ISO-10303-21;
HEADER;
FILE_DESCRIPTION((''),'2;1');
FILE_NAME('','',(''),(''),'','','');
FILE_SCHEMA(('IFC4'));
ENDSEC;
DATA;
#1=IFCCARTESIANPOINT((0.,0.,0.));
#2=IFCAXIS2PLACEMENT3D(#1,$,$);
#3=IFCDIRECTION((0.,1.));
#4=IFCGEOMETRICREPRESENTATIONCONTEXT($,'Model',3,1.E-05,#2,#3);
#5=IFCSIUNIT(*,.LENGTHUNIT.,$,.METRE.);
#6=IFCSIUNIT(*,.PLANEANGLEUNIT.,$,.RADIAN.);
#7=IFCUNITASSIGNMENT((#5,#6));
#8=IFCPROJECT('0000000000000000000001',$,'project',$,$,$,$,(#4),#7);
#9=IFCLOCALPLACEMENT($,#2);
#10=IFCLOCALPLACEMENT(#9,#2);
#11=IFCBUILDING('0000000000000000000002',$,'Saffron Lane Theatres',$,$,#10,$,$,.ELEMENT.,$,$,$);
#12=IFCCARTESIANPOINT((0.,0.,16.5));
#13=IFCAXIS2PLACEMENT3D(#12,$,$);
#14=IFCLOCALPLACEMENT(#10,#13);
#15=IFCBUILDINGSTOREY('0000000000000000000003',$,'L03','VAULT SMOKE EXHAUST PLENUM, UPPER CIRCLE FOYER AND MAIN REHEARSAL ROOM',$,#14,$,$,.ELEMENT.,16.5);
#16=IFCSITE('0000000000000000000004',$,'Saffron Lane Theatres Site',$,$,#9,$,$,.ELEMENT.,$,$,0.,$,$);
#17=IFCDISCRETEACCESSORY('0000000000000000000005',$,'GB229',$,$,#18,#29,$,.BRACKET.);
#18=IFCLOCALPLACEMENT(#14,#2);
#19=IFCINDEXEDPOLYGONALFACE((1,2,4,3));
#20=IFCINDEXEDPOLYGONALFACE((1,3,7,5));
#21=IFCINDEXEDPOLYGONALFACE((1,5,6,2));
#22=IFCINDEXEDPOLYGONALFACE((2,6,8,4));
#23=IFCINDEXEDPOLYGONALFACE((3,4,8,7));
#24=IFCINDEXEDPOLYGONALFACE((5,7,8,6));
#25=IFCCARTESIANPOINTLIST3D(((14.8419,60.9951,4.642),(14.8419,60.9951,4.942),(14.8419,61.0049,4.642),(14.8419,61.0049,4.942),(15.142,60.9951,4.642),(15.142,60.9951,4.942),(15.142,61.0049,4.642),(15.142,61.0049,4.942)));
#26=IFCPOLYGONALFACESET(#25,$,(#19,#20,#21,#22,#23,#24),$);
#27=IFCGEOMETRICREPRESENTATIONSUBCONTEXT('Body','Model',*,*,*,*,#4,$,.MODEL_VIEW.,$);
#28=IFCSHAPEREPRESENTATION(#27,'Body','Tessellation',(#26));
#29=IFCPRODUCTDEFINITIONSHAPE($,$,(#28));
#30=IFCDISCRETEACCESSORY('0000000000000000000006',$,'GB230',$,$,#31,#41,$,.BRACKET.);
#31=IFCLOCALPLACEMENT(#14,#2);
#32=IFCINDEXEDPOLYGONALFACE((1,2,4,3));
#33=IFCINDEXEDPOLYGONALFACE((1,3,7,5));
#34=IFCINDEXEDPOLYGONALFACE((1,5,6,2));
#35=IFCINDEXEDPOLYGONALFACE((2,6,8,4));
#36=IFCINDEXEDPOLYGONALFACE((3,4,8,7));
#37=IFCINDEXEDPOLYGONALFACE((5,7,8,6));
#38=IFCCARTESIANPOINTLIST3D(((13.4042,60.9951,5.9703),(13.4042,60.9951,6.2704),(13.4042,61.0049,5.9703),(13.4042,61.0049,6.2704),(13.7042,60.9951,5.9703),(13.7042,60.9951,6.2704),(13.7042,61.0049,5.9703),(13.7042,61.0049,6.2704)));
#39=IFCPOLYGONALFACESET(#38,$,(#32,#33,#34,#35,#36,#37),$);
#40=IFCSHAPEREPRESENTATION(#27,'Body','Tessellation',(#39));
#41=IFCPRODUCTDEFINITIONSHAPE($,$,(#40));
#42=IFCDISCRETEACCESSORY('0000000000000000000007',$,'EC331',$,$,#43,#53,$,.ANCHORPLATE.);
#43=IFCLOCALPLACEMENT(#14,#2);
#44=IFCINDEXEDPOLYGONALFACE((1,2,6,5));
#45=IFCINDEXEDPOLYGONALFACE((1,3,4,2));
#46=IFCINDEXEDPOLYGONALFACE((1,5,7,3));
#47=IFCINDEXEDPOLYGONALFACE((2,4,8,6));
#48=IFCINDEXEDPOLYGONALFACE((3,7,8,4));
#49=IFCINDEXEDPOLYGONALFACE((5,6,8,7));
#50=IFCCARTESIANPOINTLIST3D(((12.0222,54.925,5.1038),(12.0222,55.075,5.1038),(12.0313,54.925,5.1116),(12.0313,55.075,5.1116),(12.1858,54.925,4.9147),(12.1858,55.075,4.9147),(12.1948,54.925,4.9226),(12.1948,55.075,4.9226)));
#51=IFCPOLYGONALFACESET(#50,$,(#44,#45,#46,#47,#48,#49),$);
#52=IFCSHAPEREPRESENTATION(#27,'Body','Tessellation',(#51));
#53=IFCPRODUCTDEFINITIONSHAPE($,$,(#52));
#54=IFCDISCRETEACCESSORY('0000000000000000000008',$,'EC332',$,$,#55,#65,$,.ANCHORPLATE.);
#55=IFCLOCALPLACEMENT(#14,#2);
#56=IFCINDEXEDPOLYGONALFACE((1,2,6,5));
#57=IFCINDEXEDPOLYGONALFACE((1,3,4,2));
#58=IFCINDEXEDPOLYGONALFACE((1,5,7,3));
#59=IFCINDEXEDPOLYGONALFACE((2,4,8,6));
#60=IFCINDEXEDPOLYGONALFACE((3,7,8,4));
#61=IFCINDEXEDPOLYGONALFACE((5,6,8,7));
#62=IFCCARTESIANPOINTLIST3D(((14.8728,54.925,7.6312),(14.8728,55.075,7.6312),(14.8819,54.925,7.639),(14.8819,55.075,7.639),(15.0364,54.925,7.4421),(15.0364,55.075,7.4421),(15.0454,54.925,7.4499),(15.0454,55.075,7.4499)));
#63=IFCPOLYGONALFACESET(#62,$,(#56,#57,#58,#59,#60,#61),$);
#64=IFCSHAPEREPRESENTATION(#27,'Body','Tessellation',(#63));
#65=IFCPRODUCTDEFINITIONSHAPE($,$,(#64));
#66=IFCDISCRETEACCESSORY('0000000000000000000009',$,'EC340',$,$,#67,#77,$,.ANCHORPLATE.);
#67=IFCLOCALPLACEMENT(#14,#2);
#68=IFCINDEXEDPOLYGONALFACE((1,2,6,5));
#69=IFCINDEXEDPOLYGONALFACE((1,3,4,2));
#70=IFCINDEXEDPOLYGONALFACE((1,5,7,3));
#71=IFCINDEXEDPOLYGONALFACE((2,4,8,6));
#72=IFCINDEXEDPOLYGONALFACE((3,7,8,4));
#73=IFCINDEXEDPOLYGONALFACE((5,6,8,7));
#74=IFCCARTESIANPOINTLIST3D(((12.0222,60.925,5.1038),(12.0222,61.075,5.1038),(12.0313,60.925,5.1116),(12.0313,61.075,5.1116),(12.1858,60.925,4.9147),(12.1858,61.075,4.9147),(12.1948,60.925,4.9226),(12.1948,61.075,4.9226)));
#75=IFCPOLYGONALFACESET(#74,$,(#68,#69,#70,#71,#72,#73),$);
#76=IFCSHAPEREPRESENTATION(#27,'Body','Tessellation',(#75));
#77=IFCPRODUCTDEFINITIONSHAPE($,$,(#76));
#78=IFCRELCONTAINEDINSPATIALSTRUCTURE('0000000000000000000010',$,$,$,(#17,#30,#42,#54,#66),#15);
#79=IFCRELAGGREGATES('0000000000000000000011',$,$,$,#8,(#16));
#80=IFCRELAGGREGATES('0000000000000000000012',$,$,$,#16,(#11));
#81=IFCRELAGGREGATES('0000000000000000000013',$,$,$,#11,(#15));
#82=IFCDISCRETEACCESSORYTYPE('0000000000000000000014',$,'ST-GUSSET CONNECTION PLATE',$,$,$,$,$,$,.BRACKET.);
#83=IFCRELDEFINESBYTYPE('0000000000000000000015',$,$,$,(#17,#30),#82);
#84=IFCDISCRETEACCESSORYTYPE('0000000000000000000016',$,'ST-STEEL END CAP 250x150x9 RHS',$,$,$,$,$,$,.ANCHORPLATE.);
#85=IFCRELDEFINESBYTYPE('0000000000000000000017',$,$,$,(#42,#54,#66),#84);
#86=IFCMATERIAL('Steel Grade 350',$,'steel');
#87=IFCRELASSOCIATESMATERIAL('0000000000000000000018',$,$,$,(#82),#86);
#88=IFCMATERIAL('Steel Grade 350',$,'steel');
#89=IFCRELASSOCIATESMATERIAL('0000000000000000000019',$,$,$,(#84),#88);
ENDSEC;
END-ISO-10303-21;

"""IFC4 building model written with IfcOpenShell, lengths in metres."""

from ifc_helpers import new_model, si_unit, direction, frame, origin, origin_2d, place, context, subcontext, project, spatial, rectangle, extrude, material, material_profile, profile_set, type_object, element, save


model = new_model("IFC4")

# Units and contexts
model_context = context("Model", 3, precision=1e-05, world=origin(), true_north=direction((0.0, 1.0)))
body_context = subcontext(model_context, "Body", "Model", "MODEL_VIEW")
ifc_project = project(units=[si_unit("LENGTHUNIT", "METRE"), si_unit("PLANEANGLEUNIT", "RADIAN")], contexts=[model_context])

# Site, building, storey
site_placement = place(None, origin())
site = spatial("IfcSite", under=ifc_project, at=site_placement, Name="Saffron Lane Theatres Site", CompositionType="ELEMENT", RefElevation=0.0)
building_placement = place(site_placement, origin())
building = spatial("IfcBuilding", under=site, at=building_placement, Name="Saffron Lane Theatres", CompositionType="ELEMENT")
storey_placement = place(building_placement, frame((0.0, 0.0, 16.5)))
storey = spatial("IfcBuildingStorey", under=building, at=storey_placement, Name="L03", Description="VAULT SMOKE EXHAUST PLENUM, UPPER CIRCLE FOYER AND MAIN REHEARSAL ROOM", CompositionType="ELEMENT", Elevation=16.5)

# Discrete accessories
ifc_material_1 = material(Name="Steel Grade 350", Category="steel")
ifc_material_profile_1 = material_profile(ifc_material_1, rectangle(XDim=0.3, YDim=0.3, at=origin_2d()))
ifc_profile_set_1 = profile_set([ifc_material_profile_1], Name="Steel Grade 350")
discrete_accessory_type_1 = type_object("IfcDiscreteAccessoryType", Name="ST-GUSSET CONNECTION PLATE", PredefinedType="BRACKET", material=ifc_profile_set_1)
for number, where, z_axis, x_axis, name in (
    (1, (14.9919, 60.9951, 4.792), (0.0, 1.0, 0.0), (-1.0, 0.0, 0.0), "GB229"),
    (2, (13.5542, 60.9951, 6.1204), (0.0, 1.0, 0.0), (-1.0, 0.0, 0.0), "GB230"),
):
    element("IfcDiscreteAccessory", number, at=place(storey_placement, frame(where, z_axis=z_axis, x_axis=x_axis)), inside=storey, type_object=discrete_accessory_type_1, Name=name, PredefinedType="BRACKET", context=body_context, shape_type="SweptSolid", body=[
        extrude(rectangle(XDim=0.3, YDim=0.3, at=origin_2d()), origin(), (0.0, 0.0, 1.0), 0.0098),
    ])
ifc_material_2 = material(Name="Steel Grade 350", Category="steel")
ifc_material_profile_2 = material_profile(ifc_material_2, rectangle(XDim=0.1499, YDim=0.25, at=origin_2d()))
ifc_profile_set_2 = profile_set([ifc_material_profile_2], Name="Steel Grade 350")
discrete_accessory_type_2 = type_object("IfcDiscreteAccessoryType", Name="ST-STEEL END CAP 250x150x9 RHS", PredefinedType="ANCHORPLATE", material=ifc_profile_set_2)
for number, where, z_axis, x_axis, name in (
    (3, (12.104, 55.0, 5.0093), (0.756363, 0.0, 0.654152), (0.0, 1.0, 0.0), "EC331"),
    (4, (14.9546, 55.0, 7.5366), (0.756363, 0.0, 0.654152), (0.0, 1.0, 0.0), "EC332"),
    (5, (12.104, 61.0, 5.0093), (0.756363, 0.0, 0.654152), (0.0, 1.0, 0.0), "EC340"),
):
    element("IfcDiscreteAccessory", number, at=place(storey_placement, frame(where, z_axis=z_axis, x_axis=x_axis)), inside=storey, type_object=discrete_accessory_type_2, Name=name, PredefinedType="ANCHORPLATE", context=body_context, shape_type="SweptSolid", body=[
        extrude(rectangle(XDim=0.1499, YDim=0.25, at=origin_2d()), origin(), (0.0, 0.0, 1.0), 0.012),
    ])

save(model, "model.ifc")
